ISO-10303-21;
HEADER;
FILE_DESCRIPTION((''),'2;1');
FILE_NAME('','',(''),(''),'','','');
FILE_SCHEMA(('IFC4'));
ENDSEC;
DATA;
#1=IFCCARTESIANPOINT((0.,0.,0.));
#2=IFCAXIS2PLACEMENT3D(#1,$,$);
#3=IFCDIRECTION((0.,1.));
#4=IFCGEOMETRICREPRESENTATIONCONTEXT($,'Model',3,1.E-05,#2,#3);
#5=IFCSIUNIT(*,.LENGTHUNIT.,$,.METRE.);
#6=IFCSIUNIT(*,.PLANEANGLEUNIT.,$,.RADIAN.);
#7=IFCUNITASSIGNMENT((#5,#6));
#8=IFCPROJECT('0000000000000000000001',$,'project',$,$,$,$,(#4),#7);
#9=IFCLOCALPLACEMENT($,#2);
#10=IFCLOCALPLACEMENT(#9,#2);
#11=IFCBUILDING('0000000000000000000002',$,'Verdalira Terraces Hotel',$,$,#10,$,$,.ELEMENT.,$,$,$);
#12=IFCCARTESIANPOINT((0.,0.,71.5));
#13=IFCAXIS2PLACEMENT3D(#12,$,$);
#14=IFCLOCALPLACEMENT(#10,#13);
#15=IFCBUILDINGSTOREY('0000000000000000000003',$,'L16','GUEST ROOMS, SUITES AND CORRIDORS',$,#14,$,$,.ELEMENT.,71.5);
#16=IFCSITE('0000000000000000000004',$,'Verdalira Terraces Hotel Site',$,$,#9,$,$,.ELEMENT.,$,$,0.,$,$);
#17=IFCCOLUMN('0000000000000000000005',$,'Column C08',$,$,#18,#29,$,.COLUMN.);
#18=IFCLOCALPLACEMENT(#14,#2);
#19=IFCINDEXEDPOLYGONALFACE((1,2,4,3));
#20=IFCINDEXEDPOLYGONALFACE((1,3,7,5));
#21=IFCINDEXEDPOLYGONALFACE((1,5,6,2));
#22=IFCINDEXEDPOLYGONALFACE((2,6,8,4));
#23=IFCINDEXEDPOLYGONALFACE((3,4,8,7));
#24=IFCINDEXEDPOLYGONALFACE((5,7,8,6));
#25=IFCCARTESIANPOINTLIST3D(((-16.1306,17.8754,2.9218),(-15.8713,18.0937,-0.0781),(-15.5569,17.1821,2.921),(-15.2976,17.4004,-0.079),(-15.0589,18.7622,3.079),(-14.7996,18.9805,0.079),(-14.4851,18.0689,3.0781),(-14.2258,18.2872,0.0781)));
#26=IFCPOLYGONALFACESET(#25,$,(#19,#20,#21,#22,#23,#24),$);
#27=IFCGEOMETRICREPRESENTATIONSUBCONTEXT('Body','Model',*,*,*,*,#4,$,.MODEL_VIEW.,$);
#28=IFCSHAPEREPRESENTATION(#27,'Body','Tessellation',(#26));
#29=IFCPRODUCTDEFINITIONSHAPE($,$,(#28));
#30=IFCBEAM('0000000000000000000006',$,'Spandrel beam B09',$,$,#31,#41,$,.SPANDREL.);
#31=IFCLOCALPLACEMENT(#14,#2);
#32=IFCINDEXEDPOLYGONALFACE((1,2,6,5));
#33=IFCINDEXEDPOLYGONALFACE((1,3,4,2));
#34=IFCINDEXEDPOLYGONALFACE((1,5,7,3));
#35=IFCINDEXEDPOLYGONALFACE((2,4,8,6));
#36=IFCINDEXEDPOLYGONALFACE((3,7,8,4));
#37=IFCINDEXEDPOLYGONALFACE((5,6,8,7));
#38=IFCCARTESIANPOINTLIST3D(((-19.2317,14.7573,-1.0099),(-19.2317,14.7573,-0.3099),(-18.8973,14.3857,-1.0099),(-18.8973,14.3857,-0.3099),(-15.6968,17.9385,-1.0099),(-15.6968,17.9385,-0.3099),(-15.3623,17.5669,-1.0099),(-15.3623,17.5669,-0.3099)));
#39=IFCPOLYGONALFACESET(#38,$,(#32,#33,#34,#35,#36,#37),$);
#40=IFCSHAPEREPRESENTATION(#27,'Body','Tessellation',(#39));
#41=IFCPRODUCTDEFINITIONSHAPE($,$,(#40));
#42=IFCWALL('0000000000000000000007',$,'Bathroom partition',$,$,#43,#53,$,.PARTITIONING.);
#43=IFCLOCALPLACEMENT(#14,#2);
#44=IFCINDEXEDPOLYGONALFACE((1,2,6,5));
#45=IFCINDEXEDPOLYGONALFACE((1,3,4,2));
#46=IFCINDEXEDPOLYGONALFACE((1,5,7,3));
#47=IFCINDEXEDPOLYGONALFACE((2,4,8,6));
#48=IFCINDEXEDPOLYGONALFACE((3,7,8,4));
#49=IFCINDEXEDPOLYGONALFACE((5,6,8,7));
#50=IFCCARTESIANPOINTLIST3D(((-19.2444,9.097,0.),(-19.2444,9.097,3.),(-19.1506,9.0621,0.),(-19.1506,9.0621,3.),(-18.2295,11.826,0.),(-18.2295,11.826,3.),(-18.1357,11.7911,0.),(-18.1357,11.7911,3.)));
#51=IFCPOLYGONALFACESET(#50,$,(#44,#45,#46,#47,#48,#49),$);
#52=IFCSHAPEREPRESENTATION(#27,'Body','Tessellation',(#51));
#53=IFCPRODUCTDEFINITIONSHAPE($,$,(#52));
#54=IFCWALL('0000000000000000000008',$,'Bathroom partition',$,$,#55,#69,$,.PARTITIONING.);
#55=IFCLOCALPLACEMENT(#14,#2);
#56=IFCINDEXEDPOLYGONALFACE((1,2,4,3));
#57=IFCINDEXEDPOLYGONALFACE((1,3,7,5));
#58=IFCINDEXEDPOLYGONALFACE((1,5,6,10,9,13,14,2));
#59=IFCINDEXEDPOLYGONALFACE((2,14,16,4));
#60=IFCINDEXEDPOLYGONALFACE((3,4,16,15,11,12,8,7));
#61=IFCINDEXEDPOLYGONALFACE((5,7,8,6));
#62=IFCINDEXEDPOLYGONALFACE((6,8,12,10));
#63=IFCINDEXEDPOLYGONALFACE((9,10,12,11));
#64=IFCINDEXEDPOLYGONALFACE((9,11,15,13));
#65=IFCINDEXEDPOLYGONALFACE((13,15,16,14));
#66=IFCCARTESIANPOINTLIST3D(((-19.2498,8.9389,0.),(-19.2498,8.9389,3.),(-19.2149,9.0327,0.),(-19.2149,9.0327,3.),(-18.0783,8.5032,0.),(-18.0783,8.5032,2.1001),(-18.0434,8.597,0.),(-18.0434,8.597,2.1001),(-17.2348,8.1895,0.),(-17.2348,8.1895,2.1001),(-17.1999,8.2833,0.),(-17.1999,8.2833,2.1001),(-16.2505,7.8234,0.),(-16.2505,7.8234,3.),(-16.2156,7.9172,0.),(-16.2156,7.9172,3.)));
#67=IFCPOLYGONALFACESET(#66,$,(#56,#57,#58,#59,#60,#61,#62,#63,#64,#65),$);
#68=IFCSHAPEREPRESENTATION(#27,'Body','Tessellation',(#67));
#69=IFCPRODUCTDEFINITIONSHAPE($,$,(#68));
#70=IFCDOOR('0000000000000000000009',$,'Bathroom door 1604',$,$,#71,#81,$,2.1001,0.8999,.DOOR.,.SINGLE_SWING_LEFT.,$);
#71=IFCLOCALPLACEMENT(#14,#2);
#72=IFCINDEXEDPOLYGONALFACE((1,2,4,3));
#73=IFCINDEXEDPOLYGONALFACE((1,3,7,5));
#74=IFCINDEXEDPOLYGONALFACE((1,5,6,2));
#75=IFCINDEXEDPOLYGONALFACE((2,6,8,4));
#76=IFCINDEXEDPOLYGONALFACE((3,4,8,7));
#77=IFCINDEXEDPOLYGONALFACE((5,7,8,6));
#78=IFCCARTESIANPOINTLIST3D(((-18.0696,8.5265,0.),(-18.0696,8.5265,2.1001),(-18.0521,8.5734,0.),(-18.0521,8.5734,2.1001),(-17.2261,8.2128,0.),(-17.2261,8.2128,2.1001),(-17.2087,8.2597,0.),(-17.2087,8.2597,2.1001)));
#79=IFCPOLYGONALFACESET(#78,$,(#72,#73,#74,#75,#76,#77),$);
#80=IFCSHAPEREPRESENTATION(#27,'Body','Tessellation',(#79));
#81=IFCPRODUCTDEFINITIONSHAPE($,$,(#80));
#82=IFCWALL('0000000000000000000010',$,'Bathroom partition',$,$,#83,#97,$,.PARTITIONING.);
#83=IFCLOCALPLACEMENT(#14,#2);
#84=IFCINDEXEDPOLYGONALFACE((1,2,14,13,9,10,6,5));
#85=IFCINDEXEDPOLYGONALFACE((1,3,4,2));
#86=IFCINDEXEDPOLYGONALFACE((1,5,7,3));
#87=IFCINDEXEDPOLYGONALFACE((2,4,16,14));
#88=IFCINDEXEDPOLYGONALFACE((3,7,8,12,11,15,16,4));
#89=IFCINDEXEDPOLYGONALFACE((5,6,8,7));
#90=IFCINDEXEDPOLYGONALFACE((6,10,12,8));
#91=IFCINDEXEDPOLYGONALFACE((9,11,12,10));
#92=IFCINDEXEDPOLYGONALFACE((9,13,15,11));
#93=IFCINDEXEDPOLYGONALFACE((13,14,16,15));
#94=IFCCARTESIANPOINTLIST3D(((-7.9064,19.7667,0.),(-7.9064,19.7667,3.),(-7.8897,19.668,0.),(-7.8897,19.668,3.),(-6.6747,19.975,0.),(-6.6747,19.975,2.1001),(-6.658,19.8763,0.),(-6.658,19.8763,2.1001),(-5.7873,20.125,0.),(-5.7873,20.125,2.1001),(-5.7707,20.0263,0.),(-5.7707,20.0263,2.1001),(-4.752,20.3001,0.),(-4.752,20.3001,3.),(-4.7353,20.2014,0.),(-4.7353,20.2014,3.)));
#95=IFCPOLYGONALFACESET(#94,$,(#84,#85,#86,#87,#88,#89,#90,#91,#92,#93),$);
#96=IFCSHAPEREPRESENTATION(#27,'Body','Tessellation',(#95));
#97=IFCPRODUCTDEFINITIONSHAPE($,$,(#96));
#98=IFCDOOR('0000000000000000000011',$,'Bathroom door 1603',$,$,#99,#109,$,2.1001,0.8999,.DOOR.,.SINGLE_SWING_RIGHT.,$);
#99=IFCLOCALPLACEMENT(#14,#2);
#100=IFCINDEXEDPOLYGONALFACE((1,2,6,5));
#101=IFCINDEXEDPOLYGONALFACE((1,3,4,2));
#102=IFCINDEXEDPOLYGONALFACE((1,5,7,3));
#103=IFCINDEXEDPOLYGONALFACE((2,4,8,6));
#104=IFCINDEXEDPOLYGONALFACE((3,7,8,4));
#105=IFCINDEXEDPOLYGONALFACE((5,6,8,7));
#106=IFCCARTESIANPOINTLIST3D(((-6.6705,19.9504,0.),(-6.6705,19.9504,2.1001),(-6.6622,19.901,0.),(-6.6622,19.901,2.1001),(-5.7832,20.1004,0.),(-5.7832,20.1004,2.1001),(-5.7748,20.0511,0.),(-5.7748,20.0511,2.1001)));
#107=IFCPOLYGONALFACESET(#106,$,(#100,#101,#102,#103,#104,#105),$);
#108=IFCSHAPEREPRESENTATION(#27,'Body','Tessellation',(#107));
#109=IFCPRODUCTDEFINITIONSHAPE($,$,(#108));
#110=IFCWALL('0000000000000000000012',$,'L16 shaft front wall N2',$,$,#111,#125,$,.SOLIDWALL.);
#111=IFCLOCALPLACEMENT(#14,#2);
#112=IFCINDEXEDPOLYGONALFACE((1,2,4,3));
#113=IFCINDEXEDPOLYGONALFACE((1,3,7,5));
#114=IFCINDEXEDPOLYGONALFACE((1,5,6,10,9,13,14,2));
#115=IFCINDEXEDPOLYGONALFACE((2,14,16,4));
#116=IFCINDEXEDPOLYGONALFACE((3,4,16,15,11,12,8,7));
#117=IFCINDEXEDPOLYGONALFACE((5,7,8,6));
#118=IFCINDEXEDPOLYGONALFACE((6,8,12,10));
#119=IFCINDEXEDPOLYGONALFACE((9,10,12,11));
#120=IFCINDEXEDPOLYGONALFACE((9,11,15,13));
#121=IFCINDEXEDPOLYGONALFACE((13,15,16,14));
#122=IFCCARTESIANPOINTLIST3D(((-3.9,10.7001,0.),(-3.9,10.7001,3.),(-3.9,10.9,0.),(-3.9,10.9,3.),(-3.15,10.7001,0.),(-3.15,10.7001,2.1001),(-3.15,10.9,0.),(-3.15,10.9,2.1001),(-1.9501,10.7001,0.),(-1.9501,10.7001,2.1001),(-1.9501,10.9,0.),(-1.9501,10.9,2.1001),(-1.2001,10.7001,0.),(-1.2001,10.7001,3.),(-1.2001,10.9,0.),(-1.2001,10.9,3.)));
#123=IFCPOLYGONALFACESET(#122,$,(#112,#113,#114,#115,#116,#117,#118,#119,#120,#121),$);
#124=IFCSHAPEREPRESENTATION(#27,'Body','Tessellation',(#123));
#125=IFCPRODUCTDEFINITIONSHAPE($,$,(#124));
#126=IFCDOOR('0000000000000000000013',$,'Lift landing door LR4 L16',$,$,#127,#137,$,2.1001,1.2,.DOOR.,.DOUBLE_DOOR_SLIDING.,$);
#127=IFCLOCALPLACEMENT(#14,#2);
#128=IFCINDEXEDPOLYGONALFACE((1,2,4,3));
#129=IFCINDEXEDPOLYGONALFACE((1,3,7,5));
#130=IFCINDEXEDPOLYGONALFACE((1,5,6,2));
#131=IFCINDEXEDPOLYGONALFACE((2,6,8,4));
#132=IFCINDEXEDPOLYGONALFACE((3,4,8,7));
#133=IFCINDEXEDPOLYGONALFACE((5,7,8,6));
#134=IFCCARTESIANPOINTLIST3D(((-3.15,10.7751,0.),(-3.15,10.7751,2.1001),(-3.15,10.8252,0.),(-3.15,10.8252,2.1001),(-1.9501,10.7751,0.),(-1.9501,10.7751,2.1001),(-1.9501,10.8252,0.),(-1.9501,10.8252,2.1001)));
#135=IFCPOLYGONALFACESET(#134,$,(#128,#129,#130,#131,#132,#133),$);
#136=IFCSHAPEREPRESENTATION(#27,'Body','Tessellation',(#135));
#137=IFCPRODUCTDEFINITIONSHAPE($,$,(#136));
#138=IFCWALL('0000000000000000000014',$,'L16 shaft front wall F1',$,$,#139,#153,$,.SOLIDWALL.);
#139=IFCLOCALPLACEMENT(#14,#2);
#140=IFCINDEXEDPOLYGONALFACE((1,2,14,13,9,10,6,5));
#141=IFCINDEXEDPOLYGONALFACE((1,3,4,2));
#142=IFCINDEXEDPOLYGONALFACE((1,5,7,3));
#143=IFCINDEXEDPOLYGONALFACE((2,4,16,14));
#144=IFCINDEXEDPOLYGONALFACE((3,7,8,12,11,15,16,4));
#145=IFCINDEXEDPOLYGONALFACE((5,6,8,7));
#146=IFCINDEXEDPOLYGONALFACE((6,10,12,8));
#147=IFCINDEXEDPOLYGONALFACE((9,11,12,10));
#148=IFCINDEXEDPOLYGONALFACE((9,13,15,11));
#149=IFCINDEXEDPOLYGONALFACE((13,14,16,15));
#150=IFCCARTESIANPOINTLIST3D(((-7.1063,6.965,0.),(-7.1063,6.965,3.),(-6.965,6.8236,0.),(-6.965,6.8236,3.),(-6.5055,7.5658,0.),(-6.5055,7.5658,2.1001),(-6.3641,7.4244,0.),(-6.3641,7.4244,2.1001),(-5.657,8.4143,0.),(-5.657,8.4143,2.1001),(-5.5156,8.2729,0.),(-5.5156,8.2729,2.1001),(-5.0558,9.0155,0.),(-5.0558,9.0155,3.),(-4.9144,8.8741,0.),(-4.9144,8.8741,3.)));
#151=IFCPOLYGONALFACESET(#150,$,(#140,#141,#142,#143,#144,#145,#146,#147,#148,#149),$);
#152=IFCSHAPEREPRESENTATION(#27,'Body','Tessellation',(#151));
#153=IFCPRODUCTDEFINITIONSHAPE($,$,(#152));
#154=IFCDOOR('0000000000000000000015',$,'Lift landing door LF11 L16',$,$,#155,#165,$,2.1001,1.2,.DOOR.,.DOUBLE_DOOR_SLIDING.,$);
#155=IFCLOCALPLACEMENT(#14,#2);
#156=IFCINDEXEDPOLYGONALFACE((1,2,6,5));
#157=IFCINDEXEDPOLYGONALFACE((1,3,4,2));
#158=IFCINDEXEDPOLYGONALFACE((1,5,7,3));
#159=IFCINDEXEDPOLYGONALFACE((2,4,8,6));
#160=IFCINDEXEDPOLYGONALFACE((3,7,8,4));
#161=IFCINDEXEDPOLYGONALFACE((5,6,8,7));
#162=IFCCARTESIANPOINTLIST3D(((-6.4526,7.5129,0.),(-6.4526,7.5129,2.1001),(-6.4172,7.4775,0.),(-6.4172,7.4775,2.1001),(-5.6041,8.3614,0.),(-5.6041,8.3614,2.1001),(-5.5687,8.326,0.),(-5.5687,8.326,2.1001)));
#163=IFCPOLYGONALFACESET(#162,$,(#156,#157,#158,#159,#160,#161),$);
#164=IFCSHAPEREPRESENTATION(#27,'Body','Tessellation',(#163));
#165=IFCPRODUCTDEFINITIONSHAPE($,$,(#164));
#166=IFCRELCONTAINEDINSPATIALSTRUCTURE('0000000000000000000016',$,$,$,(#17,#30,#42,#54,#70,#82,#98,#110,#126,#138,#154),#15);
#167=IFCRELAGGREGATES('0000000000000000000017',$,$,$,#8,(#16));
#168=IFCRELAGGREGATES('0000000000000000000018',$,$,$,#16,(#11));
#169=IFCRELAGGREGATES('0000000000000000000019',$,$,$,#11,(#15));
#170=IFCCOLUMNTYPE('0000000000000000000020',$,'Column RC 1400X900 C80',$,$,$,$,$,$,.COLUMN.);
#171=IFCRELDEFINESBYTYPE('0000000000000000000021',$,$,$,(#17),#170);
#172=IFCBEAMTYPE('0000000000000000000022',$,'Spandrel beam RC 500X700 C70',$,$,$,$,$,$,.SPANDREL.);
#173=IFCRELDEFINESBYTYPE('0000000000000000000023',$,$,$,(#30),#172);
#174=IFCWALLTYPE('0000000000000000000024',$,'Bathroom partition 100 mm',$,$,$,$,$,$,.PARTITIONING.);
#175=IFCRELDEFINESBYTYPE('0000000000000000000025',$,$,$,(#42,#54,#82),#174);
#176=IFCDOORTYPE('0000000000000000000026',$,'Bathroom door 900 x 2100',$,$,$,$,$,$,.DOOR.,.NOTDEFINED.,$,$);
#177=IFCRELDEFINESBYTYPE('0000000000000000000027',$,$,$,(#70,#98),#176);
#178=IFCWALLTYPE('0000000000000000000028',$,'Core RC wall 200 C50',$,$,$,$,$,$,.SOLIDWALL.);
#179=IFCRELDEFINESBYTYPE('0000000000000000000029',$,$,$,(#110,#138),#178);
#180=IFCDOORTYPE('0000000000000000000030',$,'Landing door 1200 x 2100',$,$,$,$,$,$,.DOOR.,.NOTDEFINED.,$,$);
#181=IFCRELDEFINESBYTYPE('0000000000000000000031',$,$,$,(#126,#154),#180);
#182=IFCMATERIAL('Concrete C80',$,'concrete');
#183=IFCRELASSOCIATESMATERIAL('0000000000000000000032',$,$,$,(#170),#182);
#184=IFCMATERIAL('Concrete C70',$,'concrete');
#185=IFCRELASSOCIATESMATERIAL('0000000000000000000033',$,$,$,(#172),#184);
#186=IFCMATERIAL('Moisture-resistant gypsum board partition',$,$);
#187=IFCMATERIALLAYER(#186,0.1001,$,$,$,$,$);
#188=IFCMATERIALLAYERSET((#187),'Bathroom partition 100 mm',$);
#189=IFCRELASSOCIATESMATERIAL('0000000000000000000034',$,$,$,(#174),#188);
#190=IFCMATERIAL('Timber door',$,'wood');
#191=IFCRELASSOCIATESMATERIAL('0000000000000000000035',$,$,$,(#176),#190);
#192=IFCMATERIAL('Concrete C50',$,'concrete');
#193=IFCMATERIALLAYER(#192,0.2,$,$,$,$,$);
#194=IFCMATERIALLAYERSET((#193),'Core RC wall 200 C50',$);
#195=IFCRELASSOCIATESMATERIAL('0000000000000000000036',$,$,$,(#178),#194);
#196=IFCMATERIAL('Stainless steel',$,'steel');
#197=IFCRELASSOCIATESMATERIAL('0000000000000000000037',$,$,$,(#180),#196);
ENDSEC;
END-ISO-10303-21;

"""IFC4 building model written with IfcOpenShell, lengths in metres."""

from ifc_helpers import new_model, si_unit, direction, frame, frame_2d, origin, origin_2d, place, context, subcontext, project, spatial, rectangle, extrude, material, layer, layer_set, material_profile, profile_set, type_object, element, fill, save


model = new_model("IFC4")

# Units and contexts
model_context = context("Model", 3, precision=1e-05, world=origin(), true_north=direction((0.0, 1.0)))
body_context = subcontext(model_context, "Body", "Model", "MODEL_VIEW")
ifc_project = project(units=[si_unit("LENGTHUNIT", "METRE"), si_unit("PLANEANGLEUNIT", "RADIAN")], contexts=[model_context])

# Site, building, storey
site_placement = place(None, origin())
site = spatial("IfcSite", under=ifc_project, at=site_placement, Name="Verdalira Terraces Hotel Site", CompositionType="ELEMENT", RefElevation=0.0)
building_placement = place(site_placement, origin())
building = spatial("IfcBuilding", under=site, at=building_placement, Name="Verdalira Terraces Hotel", CompositionType="ELEMENT")
storey_placement = place(building_placement, frame((0.0, 0.0, 71.5)))
storey = spatial("IfcBuildingStorey", under=building, at=storey_placement, Name="L16", Description="GUEST ROOMS, SUITES AND CORRIDORS", CompositionType="ELEMENT", Elevation=71.5)

# Column
ifc_material_1 = material(Name="Concrete C80", Category="concrete")
ifc_material_profile_1 = material_profile(ifc_material_1, rectangle(XDim=1.3999, YDim=0.8999, at=origin_2d()), Name="RC 1400X900")
ifc_profile_set_1 = profile_set([ifc_material_profile_1], Name="Concrete C80")
column_type = type_object("IfcColumnType", Name="Column RC 1400X900 C80", PredefinedType="COLUMN", material=ifc_profile_set_1)
column_placement = place(storey_placement, frame((-15.0486, 18.1904, 0.0), z_axis=(-0.085879, -0.072294, 0.993679), x_axis=(-0.765591, -0.633459, -0.112253)))
element("IfcColumn", 1, at=column_placement, inside=storey, type_object=column_type, Name="Column C08", PredefinedType="COLUMN", context=body_context, shape_type="SweptSolid", body=[
    extrude(rectangle(XDim=1.3999, YDim=0.8999, at=origin_2d()), origin(), (0.0, 0.0, 1.0), 3.019),
])

# Beam
ifc_material_2 = material(Name="Concrete C70", Category="concrete")
ifc_material_profile_2 = material_profile(ifc_material_2, rectangle(XDim=0.5, YDim=0.7, at=origin_2d()), Name="RC 500X700")
ifc_profile_set_2 = profile_set([ifc_material_profile_2], Name="Concrete C70")
beam_type = type_object("IfcBeamType", Name="Spandrel beam RC 500X700 C70", PredefinedType="SPANDREL", material=ifc_profile_set_2)
beam_placement = place(storey_placement, frame((-15.5295, 17.7527, -0.6599), z_axis=(-0.743322, -0.668934, 0.0), x_axis=(0.668934, -0.743322, 0.0)))
element("IfcBeam", 2, at=beam_placement, inside=storey, type_object=beam_type, Name="Spandrel beam B09", PredefinedType="SPANDREL", context=body_context, shape_type="SweptSolid", body=[
    extrude(rectangle(XDim=0.5, YDim=0.7, at=origin_2d()), origin(), (0.0, 0.0, 1.0), 4.7556),
])

# Wall
ifc_material_3 = material(Name="Moisture-resistant gypsum board partition")
ifc_layer_1 = layer(ifc_material_3, 0.1001)
ifc_layer_set_1 = layer_set([ifc_layer_1], Name="Bathroom partition 100 mm")
wall_type_1 = type_object("IfcWallType", Name="Bathroom partition 100 mm", PredefinedType="PARTITIONING", material=ifc_layer_set_1)
wall_1_placement = place(storey_placement, frame((-18.1826, 11.8086, 0.0), z_axis=(0.0, 0.0, 1.0), x_axis=(-0.348568, -0.937284, 0.0)))
element("IfcWall", 3, at=wall_1_placement, inside=storey, type_object=wall_type_1, Name="Bathroom partition", PredefinedType="PARTITIONING", context=body_context, shape_type="SweptSolid", body=[
    extrude(rectangle(XDim=2.9116, YDim=0.1001, at=frame_2d((1.4558, 0.0))), origin(), (0.0, 0.0, 1.0), 3.0),
])

# Walls, openings, doors
wall_2_placement = place(storey_placement, frame((-19.2324, 8.9858, 0.0), z_axis=(0.0, 0.0, 1.0), x_axis=(0.937276, -0.348589, 0.0)))
wall_2 = element("IfcWall", 4, at=wall_2_placement, inside=storey, type_object=wall_type_1, Name="Bathroom partition", PredefinedType="PARTITIONING", context=body_context, shape_type="SweptSolid", body=[
    extrude(rectangle(XDim=3.2, YDim=0.1001, at=frame_2d((1.6001, 0.0))), origin(), (0.0, 0.0, 1.0), 3.0),
])
opening_1_placement = place(wall_2_placement, frame((1.25, 0.0, 0.0)))
opening_1 = element("IfcOpeningElement", 5, at=opening_1_placement, cuts=wall_2, PredefinedType="OPENING", context=body_context, shape_type="SweptSolid", body=[
    extrude(rectangle(XDim=0.8999, YDim=2.1001, at=frame_2d((0.45, 1.05))), frame((0.0, 0.0601, 0.0), z_axis=(0.0, -1.0, 0.0), x_axis=(1.0, 0.0, 0.0)), (0.0, 0.0, 1.0), 0.1201),
])
ifc_material_4 = material(Name="Timber door", Category="wood")
door_type_1 = type_object("IfcDoorType", Name="Bathroom door 900 x 2100", OperationType="NOTDEFINED", PredefinedType="DOOR", material=ifc_material_4)
door_1_placement = place(opening_1_placement, origin())
door_1 = element("IfcDoor", 6, at=door_1_placement, inside=storey, type_object=door_type_1, Name="Bathroom door 1604", OperationType="SINGLE_SWING_LEFT", OverallHeight=2.1001, OverallWidth=0.8999, PredefinedType="DOOR", context=body_context, shape_type="SweptSolid", body=[
    extrude(rectangle(XDim=0.8999, YDim=2.1001, at=frame_2d((0.45, 1.05))), frame((0.0, 0.0249, 0.0), z_axis=(0.0, -1.0, 0.0), x_axis=(1.0, 0.0, 0.0)), (0.0, 0.0, 1.0), 0.05),
])
fill(opening_1, door_1)
wall_3_placement = place(storey_placement, frame((-4.7437, 20.2507, 0.0), z_axis=(0.0, 0.0, 1.0), x_axis=(-0.986001, -0.166737, 0.0)))
wall_3 = element("IfcWall", 7, at=wall_3_placement, inside=storey, type_object=wall_type_1, Name="Bathroom partition", PredefinedType="PARTITIONING", context=body_context, shape_type="SweptSolid", body=[
    extrude(rectangle(XDim=3.1992, YDim=0.1001, at=frame_2d((1.5996, 0.0))), origin(), (0.0, 0.0, 1.0), 3.0),
])
opening_2_placement = place(wall_3_placement, frame((1.05, 0.0, 0.0)))
opening_2 = element("IfcOpeningElement", 8, at=opening_2_placement, cuts=wall_3, PredefinedType="OPENING", context=body_context, shape_type="SweptSolid", body=[
    extrude(rectangle(XDim=0.8999, YDim=2.1001, at=frame_2d((0.45, 1.05))), frame((0.0, 0.0601, 0.0), z_axis=(0.0, -1.0, 0.0), x_axis=(1.0, 0.0, 0.0)), (0.0, 0.0, 1.0), 0.1201),
])
door_2_placement = place(opening_2_placement, origin())
door_2 = element("IfcDoor", 9, at=door_2_placement, inside=storey, type_object=door_type_1, Name="Bathroom door 1603", OperationType="SINGLE_SWING_RIGHT", OverallHeight=2.1001, OverallWidth=0.8999, PredefinedType="DOOR", context=body_context, shape_type="SweptSolid", body=[
    extrude(rectangle(XDim=0.8999, YDim=2.1001, at=frame_2d((0.45, 1.05))), frame((0.0, 0.0249, 0.0), z_axis=(0.0, -1.0, 0.0), x_axis=(1.0, 0.0, 0.0)), (0.0, 0.0, 1.0), 0.05),
])
fill(opening_2, door_2)
ifc_material_5 = material(Name="Concrete C50", Category="concrete")
ifc_layer_2 = layer(ifc_material_5, 0.2)
ifc_layer_set_2 = layer_set([ifc_layer_2], Name="Core RC wall 200 C50")
wall_type_2 = type_object("IfcWallType", Name="Core RC wall 200 C50", PredefinedType="SOLIDWALL", material=ifc_layer_set_2)
wall_4_placement = place(storey_placement, frame((-1.2, 10.8, 0.0), z_axis=(0.0, 0.0, 1.0), x_axis=(-1.0, 0.0, 0.0)))
wall_4 = element("IfcWall", 10, at=wall_4_placement, inside=storey, type_object=wall_type_2, Name="L16 shaft front wall N2", PredefinedType="SOLIDWALL", context=body_context, shape_type="SweptSolid", body=[
    extrude(rectangle(XDim=2.7, YDim=0.2, at=frame_2d((1.3501, 0.0))), origin(), (0.0, 0.0, 1.0), 3.0),
])
opening_3_placement = place(wall_4_placement, frame((0.75, 0.0, 0.0)))
opening_3 = element("IfcOpeningElement", 11, at=opening_3_placement, cuts=wall_4, PredefinedType="OPENING", context=body_context, shape_type="SweptSolid", body=[
    extrude(rectangle(XDim=1.2, YDim=2.1001, at=frame_2d((0.6001, 1.05))), frame((0.0, 0.1099, 0.0), z_axis=(0.0, -1.0, 0.0), x_axis=(1.0, 0.0, 0.0)), (0.0, 0.0, 1.0), 0.22),
])
ifc_material_6 = material(Name="Stainless steel", Category="steel")
door_type_2 = type_object("IfcDoorType", Name="Landing door 1200 x 2100", OperationType="NOTDEFINED", PredefinedType="DOOR", material=ifc_material_6)
door_3_placement = place(opening_3_placement, origin())
door_3 = element("IfcDoor", 12, at=door_3_placement, inside=storey, type_object=door_type_2, Name="Lift landing door LR4 L16", OperationType="DOUBLE_DOOR_SLIDING", OverallHeight=2.1001, OverallWidth=1.2, PredefinedType="DOOR", context=body_context, shape_type="SweptSolid", body=[
    extrude(rectangle(XDim=1.2, YDim=2.1001, at=frame_2d((0.6001, 1.05))), frame((0.0, 0.0249, 0.0), z_axis=(0.0, -1.0, 0.0), x_axis=(1.0, 0.0, 0.0)), (0.0, 0.0, 1.0), 0.05),
])
fill(opening_3, door_3)
wall_5_placement = place(storey_placement, frame((-4.9851, 8.9448, 0.0), z_axis=(0.0, 0.0, 1.0), x_axis=(-0.707107, -0.707107, 0.0)))
wall_5 = element("IfcWall", 13, at=wall_5_placement, inside=storey, type_object=wall_type_2, Name="L16 shaft front wall F1", PredefinedType="SOLIDWALL", context=body_context, shape_type="SweptSolid", body=[
    extrude(rectangle(XDim=2.8999, YDim=0.2, at=frame_2d((1.45, 0.0))), origin(), (0.0, 0.0, 1.0), 3.0),
])
opening_4_placement = place(wall_5_placement, frame((0.8501, 0.0, 0.0)))
opening_4 = element("IfcOpeningElement", 14, at=opening_4_placement, cuts=wall_5, PredefinedType="OPENING", context=body_context, shape_type="SweptSolid", body=[
    extrude(rectangle(XDim=1.2, YDim=2.1001, at=frame_2d((0.6001, 1.05))), frame((0.0, 0.1099, 0.0), z_axis=(0.0, -1.0, 0.0), x_axis=(1.0, 0.0, 0.0)), (0.0, 0.0, 1.0), 0.22),
])
door_4_placement = place(opening_4_placement, origin())
door_4 = element("IfcDoor", 15, at=door_4_placement, inside=storey, type_object=door_type_2, Name="Lift landing door LF11 L16", OperationType="DOUBLE_DOOR_SLIDING", OverallHeight=2.1001, OverallWidth=1.2, PredefinedType="DOOR", context=body_context, shape_type="SweptSolid", body=[
    extrude(rectangle(XDim=1.2, YDim=2.1001, at=frame_2d((0.6001, 1.05))), frame((0.0, 0.0249, 0.0), z_axis=(0.0, -1.0, 0.0), x_axis=(1.0, 0.0, 0.0)), (0.0, 0.0, 1.0), 0.05),
])
fill(opening_4, door_4)

save(model, "model.ifc")
